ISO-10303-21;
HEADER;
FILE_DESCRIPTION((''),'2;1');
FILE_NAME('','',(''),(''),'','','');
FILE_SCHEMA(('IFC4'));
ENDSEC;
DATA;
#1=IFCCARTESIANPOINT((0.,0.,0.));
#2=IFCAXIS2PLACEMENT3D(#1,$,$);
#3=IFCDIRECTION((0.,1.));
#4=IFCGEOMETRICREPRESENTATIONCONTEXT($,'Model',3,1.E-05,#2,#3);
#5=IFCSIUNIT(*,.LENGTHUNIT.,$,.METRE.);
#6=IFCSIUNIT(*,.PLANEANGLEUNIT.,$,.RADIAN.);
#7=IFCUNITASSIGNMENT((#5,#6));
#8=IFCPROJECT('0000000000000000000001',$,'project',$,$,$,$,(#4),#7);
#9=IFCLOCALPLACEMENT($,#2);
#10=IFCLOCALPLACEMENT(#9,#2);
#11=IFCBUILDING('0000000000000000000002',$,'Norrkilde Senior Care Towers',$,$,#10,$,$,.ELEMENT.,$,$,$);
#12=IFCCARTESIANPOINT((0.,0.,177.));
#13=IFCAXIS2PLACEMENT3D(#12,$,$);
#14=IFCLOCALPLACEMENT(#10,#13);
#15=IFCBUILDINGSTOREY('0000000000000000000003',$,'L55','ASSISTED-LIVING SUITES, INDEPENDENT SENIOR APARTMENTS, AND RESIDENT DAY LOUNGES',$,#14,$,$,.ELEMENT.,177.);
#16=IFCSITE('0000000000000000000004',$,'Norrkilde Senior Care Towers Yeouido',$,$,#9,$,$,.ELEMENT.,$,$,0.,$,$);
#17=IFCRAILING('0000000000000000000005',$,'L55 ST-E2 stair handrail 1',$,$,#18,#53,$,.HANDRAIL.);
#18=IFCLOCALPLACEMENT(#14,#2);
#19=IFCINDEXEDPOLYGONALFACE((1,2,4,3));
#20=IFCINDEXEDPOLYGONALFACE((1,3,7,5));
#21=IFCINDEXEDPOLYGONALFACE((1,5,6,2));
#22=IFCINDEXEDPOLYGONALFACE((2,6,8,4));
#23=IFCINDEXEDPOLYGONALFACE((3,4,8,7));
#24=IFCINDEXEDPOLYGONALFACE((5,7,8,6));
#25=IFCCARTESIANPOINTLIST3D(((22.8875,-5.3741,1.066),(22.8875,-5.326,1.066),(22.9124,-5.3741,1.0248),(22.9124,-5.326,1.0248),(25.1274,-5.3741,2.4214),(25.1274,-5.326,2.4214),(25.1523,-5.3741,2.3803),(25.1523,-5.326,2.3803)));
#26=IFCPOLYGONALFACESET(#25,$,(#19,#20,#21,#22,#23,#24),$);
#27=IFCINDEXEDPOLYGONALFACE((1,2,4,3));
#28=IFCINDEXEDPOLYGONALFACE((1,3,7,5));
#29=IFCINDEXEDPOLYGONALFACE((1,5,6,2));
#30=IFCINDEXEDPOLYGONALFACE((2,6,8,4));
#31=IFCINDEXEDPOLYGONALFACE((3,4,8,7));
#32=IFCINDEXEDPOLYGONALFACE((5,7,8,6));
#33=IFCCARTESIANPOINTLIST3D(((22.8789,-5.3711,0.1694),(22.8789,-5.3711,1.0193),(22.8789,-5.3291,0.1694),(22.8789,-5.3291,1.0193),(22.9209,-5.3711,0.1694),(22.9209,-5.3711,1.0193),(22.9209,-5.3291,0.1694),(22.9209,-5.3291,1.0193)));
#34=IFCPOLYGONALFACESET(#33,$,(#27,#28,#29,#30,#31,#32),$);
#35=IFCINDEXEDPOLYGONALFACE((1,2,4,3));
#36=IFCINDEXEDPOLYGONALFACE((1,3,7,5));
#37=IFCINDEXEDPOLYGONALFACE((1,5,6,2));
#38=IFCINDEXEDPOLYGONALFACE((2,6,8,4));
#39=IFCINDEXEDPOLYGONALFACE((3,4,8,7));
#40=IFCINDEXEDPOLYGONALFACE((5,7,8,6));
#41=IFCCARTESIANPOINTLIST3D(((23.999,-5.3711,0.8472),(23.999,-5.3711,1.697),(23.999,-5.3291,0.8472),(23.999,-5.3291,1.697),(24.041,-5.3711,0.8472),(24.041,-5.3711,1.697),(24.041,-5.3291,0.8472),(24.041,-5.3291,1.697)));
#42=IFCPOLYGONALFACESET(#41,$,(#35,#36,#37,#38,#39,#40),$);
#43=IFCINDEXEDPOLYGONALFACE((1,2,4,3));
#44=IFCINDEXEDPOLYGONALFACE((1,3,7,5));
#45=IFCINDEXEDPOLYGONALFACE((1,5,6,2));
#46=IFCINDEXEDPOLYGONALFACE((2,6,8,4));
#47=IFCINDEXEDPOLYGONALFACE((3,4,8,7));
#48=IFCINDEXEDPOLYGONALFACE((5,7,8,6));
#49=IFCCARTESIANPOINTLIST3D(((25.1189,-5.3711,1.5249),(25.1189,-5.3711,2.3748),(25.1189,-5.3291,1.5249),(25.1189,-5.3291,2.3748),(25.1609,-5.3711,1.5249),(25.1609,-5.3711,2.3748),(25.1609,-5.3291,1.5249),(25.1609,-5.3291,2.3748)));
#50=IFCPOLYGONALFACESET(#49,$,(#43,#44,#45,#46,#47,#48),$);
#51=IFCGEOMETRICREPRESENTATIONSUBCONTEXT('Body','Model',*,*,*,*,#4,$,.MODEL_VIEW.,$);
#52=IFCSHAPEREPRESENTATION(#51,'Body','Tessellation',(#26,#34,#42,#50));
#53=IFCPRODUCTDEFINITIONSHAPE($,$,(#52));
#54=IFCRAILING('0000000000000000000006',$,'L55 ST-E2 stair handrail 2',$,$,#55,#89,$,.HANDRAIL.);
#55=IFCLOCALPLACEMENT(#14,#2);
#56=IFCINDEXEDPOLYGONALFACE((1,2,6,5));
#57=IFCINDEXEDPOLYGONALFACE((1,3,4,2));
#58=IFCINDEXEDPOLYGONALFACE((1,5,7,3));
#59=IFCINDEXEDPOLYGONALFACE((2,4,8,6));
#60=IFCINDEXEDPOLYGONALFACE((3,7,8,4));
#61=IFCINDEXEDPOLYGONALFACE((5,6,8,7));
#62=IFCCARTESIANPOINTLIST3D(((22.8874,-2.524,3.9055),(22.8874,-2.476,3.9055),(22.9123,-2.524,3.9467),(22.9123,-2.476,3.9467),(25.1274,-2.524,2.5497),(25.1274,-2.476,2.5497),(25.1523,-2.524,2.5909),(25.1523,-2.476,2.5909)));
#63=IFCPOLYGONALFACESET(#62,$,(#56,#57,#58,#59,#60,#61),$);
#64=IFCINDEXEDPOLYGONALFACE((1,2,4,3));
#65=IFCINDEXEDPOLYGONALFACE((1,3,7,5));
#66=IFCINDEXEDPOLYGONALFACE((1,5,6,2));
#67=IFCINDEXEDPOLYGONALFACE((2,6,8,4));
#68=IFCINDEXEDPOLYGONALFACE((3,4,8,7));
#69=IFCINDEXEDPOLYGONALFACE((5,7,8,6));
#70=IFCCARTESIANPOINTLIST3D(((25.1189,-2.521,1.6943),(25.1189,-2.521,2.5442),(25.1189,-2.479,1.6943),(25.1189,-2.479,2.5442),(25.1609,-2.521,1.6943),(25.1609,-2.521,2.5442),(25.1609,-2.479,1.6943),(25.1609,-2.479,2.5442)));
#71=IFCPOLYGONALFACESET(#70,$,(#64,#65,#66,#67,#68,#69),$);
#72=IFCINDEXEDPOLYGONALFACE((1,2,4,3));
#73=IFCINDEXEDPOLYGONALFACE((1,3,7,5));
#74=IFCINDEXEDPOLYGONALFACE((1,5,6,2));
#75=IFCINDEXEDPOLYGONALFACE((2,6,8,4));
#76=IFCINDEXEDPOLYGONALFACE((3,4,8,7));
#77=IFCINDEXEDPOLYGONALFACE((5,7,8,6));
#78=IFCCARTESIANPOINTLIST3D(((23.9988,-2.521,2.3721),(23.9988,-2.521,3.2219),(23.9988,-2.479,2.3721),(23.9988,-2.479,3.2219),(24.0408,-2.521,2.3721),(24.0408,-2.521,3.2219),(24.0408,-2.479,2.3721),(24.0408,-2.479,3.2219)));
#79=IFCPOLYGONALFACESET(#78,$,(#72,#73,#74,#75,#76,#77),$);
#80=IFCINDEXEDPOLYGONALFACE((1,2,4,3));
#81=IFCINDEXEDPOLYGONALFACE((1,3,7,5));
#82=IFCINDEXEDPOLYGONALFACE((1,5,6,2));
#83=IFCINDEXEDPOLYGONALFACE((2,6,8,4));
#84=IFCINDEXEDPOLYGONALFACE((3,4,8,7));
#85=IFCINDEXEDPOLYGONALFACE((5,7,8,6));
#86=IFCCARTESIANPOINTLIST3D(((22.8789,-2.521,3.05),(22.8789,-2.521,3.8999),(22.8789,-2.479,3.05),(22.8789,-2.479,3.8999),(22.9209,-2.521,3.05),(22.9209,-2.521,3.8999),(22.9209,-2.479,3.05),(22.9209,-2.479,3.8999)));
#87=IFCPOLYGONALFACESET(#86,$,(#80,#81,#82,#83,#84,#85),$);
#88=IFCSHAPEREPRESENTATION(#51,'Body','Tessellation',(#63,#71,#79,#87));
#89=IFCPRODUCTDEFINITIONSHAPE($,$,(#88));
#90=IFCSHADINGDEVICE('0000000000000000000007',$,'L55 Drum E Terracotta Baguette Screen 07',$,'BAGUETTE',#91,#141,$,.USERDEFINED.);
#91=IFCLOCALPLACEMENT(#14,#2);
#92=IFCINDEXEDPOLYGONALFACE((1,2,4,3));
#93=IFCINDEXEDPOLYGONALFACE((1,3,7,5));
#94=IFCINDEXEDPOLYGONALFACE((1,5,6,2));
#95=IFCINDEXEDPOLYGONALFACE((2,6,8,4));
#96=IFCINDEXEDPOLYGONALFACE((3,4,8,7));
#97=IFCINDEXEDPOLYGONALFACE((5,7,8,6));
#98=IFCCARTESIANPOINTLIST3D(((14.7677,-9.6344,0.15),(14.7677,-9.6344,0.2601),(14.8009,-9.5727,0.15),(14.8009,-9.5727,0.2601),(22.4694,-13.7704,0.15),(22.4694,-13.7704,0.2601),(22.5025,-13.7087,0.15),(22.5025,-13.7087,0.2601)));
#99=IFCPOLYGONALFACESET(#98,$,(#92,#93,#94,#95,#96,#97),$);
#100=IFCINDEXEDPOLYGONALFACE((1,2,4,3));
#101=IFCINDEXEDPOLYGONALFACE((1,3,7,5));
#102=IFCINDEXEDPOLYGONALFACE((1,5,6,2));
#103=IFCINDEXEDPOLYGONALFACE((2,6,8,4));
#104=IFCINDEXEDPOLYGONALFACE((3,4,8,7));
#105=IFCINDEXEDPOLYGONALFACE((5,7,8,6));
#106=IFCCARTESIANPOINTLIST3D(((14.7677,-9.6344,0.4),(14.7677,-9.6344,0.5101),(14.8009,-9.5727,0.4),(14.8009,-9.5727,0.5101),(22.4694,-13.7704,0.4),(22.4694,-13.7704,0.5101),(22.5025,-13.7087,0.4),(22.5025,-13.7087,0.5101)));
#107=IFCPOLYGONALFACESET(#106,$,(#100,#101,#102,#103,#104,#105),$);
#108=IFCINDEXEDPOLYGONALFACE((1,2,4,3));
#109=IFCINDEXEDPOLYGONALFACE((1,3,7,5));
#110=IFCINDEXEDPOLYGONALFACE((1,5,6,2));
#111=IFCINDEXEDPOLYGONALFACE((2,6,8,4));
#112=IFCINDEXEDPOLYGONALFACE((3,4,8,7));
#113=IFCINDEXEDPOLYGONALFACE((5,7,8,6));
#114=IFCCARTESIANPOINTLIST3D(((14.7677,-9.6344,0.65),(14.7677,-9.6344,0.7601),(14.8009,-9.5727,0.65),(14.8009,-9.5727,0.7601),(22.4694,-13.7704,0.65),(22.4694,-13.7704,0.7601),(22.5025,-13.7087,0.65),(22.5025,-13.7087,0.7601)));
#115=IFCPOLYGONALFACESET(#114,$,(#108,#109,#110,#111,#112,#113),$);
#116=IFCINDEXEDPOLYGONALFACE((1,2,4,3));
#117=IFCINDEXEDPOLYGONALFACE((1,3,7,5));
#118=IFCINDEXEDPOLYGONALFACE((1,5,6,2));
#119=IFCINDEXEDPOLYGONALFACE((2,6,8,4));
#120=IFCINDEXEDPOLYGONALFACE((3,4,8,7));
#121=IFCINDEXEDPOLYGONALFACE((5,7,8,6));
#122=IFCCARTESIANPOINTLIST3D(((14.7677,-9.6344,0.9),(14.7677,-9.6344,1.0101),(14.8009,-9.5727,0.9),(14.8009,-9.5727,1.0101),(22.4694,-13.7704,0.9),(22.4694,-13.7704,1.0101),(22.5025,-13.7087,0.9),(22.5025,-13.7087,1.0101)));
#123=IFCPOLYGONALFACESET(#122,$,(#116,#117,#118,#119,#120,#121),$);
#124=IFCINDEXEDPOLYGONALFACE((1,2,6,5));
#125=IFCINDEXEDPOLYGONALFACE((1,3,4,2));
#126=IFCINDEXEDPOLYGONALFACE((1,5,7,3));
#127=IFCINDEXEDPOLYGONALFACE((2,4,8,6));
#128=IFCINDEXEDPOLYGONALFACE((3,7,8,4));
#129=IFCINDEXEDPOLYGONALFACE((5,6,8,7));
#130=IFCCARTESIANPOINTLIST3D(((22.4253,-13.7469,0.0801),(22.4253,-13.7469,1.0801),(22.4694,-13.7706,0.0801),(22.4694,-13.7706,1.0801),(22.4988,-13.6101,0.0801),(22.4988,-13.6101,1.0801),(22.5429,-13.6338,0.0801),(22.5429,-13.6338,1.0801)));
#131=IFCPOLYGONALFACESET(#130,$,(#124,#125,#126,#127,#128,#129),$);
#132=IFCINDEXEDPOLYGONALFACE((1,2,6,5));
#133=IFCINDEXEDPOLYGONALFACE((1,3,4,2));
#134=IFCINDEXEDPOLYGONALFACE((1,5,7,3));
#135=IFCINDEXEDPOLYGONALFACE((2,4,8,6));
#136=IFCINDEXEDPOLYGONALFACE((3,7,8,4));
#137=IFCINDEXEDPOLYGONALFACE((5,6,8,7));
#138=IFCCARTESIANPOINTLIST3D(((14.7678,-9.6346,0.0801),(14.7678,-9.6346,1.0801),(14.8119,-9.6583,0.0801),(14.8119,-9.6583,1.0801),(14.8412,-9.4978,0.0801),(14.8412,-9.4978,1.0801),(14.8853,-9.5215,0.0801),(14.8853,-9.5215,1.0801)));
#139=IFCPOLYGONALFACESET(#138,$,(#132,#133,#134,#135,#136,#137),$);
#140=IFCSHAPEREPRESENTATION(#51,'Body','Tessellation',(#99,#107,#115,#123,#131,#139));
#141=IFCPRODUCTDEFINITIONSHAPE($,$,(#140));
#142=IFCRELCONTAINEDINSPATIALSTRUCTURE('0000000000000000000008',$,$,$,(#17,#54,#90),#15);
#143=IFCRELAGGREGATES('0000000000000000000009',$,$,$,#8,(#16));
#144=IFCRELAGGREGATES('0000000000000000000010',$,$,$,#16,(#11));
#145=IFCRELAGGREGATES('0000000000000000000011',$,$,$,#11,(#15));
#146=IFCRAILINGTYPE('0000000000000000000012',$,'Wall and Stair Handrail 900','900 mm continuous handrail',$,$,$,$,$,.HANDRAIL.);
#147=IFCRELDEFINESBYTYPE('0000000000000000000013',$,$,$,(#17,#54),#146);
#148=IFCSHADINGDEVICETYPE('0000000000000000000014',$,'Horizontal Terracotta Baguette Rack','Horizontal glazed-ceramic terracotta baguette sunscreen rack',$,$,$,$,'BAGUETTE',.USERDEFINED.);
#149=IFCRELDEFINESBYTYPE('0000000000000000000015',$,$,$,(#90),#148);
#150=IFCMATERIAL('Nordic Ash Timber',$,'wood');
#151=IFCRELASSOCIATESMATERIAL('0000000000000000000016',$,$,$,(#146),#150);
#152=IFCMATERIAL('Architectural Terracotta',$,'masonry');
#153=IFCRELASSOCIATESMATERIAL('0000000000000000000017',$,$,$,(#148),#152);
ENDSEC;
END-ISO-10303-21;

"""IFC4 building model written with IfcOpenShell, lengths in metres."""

from ifc_helpers import new_model, si_unit, direction, frame, origin, origin_2d, place, context, subcontext, project, spatial, rectangle, extrude, source, transform, mapped, material, type_object, type_shapes, element, save


model = new_model("IFC4")

# Units and contexts
model_context = context("Model", 3, precision=1e-05, world=origin(), true_north=direction((0.0, 1.0)))
body_context = subcontext(model_context, "Body", "Model", "MODEL_VIEW")
ifc_project = project(units=[si_unit("LENGTHUNIT", "METRE"), si_unit("PLANEANGLEUNIT", "RADIAN")], contexts=[model_context])

# Site, building, storey
site_placement = place(None, origin())
site = spatial("IfcSite", under=ifc_project, at=site_placement, Name="Norrkilde Senior Care Towers Yeouido", CompositionType="ELEMENT", RefElevation=0.0)
building_placement = place(site_placement, origin())
building = spatial("IfcBuilding", under=site, at=building_placement, Name="Norrkilde Senior Care Towers", CompositionType="ELEMENT")
storey_placement = place(building_placement, frame((0.0, 0.0, 177.0)))
storey = spatial("IfcBuildingStorey", under=building, at=storey_placement, Name="L55", Description="ASSISTED-LIVING SUITES, INDEPENDENT SENIOR APARTMENTS, AND RESIDENT DAY LOUNGES", CompositionType="ELEMENT", Elevation=177.0)

# Shared definitions
ifc_material_1 = material(Name="Nordic Ash Timber", Category="wood")

# Railings
railing_type_1 = type_object("IfcRailingType", Name="Wall and Stair Handrail 900", Description="900 mm continuous handrail", PredefinedType="HANDRAIL", material=ifc_material_1)
railing_1_placement = place(storey_placement, frame((22.8999, -5.3501, 0.1694)))
element("IfcRailing", 1, at=railing_1_placement, inside=storey, type_object=railing_type_1, Name="L55 ST-E2 stair handrail 1", PredefinedType="HANDRAIL", context=body_context, shape_type="SweptSolid", body=[
    extrude(rectangle(XDim=0.0481, YDim=0.0481, at=origin_2d()), frame((0.0, 0.0, 0.876), z_axis=(0.855553, 0.0, 0.517715), x_axis=(0.0, 1.0, 0.0)), (0.0, 0.0, 1.0), 2.6182),
    extrude(rectangle(XDim=0.042, YDim=0.042, at=origin_2d()), origin(), (0.0, 0.0, 1.0), 0.8499),
    extrude(rectangle(XDim=0.042, YDim=0.042, at=origin_2d()), frame((1.1201, 0.0, 0.6777)), (0.0, 0.0, 1.0), 0.8499),
    extrude(rectangle(XDim=0.042, YDim=0.042, at=origin_2d()), frame((2.24, 0.0, 1.3555)), (0.0, 0.0, 1.0), 0.8499),
])
railing_2_placement = place(storey_placement, frame((25.1399, -2.5, 1.6943)))
element("IfcRailing", 2, at=railing_2_placement, inside=storey, type_object=railing_type_1, Name="L55 ST-E2 stair handrail 2", PredefinedType="HANDRAIL", context=body_context, shape_type="SweptSolid", body=[
    extrude(rectangle(XDim=0.0481, YDim=0.0481, at=origin_2d()), frame((0.0, 0.0, 0.876), z_axis=(-0.855512, 0.0, 0.517783), x_axis=(0.0, -1.0, 0.0)), (0.0, 0.0, 1.0), 2.6184),
    extrude(rectangle(XDim=0.042, YDim=0.042, at=origin_2d()), origin(), (0.0, 0.0, 1.0), 0.8499),
    extrude(rectangle(XDim=0.042, YDim=0.042, at=origin_2d()), frame((-1.1201, 0.0, 0.6777)), (0.0, 0.0, 1.0), 0.8499),
    extrude(rectangle(XDim=0.042, YDim=0.042, at=origin_2d()), frame((-2.24, 0.0, 1.3557)), (0.0, 0.0, 1.0), 0.8499),
])

# Shading device
ifc_material_2 = material(Name="Architectural Terracotta", Category="masonry")
shading_device_type = type_object("IfcShadingDeviceType", Name="Horizontal Terracotta Baguette Rack", Description="Horizontal glazed-ceramic terracotta baguette sunscreen rack", ElementType="BAGUETTE", PredefinedType="USERDEFINED", material=ifc_material_2)
shared_shape_1 = source(origin(), body_context, "Body", "SweptSolid", [
    extrude(rectangle(XDim=0.0701, YDim=0.1101, at=origin_2d()), frame((0.0, 0.0901, 0.125), z_axis=(1.0, 0.0, 0.0), x_axis=(0.0, 1.0, 0.0)), (0.0, 0.0, 1.0), 8.7419),
    extrude(rectangle(XDim=0.0701, YDim=0.1101, at=origin_2d()), frame((0.0, 0.0901, 0.375), z_axis=(1.0, 0.0, 0.0), x_axis=(0.0, 1.0, 0.0)), (0.0, 0.0, 1.0), 8.7419),
    extrude(rectangle(XDim=0.0701, YDim=0.1101, at=origin_2d()), frame((0.0, 0.0901, 0.625), z_axis=(1.0, 0.0, 0.0), x_axis=(0.0, 1.0, 0.0)), (0.0, 0.0, 1.0), 8.7419),
    extrude(rectangle(XDim=0.0701, YDim=0.1101, at=origin_2d()), frame((0.0, 0.0901, 0.875), z_axis=(1.0, 0.0, 0.0), x_axis=(0.0, 1.0, 0.0)), (0.0, 0.0, 1.0), 8.7419),
    extrude(rectangle(XDim=0.05, YDim=0.1553, at=origin_2d()), frame((0.0249, 0.0476, 0.0)), (0.0, 0.0, 1.0), 1.0),
    extrude(rectangle(XDim=0.05, YDim=0.1553, at=origin_2d()), frame((8.7168, 0.0476, 0.0)), (0.0, 0.0, 1.0), 1.0),
])
type_shapes(shading_device_type, [shared_shape_1])
shading_device_placement = place(storey_placement, frame((22.5286, -13.6602, 0.0801), z_axis=(0.0, 0.0, 1.0), x_axis=(-0.881001, 0.47312, 0.0)))
element("IfcShadingDevice", 3, at=shading_device_placement, inside=storey, type_object=shading_device_type, Name="L55 Drum E Terracotta Baguette Screen 07", ObjectType="BAGUETTE", PredefinedType="USERDEFINED", context=body_context, shape_type="MappedRepresentation", body=[
    mapped(shared_shape_1, transform((0.0, 0.0, 0.0), x_axis=(1.0, 0.0, 0.0), y_axis=(0.0, 1.0, 0.0), z_axis=(0.0, 0.0, 1.0), scale=1.0)),
])

save(model, "model.ifc")
